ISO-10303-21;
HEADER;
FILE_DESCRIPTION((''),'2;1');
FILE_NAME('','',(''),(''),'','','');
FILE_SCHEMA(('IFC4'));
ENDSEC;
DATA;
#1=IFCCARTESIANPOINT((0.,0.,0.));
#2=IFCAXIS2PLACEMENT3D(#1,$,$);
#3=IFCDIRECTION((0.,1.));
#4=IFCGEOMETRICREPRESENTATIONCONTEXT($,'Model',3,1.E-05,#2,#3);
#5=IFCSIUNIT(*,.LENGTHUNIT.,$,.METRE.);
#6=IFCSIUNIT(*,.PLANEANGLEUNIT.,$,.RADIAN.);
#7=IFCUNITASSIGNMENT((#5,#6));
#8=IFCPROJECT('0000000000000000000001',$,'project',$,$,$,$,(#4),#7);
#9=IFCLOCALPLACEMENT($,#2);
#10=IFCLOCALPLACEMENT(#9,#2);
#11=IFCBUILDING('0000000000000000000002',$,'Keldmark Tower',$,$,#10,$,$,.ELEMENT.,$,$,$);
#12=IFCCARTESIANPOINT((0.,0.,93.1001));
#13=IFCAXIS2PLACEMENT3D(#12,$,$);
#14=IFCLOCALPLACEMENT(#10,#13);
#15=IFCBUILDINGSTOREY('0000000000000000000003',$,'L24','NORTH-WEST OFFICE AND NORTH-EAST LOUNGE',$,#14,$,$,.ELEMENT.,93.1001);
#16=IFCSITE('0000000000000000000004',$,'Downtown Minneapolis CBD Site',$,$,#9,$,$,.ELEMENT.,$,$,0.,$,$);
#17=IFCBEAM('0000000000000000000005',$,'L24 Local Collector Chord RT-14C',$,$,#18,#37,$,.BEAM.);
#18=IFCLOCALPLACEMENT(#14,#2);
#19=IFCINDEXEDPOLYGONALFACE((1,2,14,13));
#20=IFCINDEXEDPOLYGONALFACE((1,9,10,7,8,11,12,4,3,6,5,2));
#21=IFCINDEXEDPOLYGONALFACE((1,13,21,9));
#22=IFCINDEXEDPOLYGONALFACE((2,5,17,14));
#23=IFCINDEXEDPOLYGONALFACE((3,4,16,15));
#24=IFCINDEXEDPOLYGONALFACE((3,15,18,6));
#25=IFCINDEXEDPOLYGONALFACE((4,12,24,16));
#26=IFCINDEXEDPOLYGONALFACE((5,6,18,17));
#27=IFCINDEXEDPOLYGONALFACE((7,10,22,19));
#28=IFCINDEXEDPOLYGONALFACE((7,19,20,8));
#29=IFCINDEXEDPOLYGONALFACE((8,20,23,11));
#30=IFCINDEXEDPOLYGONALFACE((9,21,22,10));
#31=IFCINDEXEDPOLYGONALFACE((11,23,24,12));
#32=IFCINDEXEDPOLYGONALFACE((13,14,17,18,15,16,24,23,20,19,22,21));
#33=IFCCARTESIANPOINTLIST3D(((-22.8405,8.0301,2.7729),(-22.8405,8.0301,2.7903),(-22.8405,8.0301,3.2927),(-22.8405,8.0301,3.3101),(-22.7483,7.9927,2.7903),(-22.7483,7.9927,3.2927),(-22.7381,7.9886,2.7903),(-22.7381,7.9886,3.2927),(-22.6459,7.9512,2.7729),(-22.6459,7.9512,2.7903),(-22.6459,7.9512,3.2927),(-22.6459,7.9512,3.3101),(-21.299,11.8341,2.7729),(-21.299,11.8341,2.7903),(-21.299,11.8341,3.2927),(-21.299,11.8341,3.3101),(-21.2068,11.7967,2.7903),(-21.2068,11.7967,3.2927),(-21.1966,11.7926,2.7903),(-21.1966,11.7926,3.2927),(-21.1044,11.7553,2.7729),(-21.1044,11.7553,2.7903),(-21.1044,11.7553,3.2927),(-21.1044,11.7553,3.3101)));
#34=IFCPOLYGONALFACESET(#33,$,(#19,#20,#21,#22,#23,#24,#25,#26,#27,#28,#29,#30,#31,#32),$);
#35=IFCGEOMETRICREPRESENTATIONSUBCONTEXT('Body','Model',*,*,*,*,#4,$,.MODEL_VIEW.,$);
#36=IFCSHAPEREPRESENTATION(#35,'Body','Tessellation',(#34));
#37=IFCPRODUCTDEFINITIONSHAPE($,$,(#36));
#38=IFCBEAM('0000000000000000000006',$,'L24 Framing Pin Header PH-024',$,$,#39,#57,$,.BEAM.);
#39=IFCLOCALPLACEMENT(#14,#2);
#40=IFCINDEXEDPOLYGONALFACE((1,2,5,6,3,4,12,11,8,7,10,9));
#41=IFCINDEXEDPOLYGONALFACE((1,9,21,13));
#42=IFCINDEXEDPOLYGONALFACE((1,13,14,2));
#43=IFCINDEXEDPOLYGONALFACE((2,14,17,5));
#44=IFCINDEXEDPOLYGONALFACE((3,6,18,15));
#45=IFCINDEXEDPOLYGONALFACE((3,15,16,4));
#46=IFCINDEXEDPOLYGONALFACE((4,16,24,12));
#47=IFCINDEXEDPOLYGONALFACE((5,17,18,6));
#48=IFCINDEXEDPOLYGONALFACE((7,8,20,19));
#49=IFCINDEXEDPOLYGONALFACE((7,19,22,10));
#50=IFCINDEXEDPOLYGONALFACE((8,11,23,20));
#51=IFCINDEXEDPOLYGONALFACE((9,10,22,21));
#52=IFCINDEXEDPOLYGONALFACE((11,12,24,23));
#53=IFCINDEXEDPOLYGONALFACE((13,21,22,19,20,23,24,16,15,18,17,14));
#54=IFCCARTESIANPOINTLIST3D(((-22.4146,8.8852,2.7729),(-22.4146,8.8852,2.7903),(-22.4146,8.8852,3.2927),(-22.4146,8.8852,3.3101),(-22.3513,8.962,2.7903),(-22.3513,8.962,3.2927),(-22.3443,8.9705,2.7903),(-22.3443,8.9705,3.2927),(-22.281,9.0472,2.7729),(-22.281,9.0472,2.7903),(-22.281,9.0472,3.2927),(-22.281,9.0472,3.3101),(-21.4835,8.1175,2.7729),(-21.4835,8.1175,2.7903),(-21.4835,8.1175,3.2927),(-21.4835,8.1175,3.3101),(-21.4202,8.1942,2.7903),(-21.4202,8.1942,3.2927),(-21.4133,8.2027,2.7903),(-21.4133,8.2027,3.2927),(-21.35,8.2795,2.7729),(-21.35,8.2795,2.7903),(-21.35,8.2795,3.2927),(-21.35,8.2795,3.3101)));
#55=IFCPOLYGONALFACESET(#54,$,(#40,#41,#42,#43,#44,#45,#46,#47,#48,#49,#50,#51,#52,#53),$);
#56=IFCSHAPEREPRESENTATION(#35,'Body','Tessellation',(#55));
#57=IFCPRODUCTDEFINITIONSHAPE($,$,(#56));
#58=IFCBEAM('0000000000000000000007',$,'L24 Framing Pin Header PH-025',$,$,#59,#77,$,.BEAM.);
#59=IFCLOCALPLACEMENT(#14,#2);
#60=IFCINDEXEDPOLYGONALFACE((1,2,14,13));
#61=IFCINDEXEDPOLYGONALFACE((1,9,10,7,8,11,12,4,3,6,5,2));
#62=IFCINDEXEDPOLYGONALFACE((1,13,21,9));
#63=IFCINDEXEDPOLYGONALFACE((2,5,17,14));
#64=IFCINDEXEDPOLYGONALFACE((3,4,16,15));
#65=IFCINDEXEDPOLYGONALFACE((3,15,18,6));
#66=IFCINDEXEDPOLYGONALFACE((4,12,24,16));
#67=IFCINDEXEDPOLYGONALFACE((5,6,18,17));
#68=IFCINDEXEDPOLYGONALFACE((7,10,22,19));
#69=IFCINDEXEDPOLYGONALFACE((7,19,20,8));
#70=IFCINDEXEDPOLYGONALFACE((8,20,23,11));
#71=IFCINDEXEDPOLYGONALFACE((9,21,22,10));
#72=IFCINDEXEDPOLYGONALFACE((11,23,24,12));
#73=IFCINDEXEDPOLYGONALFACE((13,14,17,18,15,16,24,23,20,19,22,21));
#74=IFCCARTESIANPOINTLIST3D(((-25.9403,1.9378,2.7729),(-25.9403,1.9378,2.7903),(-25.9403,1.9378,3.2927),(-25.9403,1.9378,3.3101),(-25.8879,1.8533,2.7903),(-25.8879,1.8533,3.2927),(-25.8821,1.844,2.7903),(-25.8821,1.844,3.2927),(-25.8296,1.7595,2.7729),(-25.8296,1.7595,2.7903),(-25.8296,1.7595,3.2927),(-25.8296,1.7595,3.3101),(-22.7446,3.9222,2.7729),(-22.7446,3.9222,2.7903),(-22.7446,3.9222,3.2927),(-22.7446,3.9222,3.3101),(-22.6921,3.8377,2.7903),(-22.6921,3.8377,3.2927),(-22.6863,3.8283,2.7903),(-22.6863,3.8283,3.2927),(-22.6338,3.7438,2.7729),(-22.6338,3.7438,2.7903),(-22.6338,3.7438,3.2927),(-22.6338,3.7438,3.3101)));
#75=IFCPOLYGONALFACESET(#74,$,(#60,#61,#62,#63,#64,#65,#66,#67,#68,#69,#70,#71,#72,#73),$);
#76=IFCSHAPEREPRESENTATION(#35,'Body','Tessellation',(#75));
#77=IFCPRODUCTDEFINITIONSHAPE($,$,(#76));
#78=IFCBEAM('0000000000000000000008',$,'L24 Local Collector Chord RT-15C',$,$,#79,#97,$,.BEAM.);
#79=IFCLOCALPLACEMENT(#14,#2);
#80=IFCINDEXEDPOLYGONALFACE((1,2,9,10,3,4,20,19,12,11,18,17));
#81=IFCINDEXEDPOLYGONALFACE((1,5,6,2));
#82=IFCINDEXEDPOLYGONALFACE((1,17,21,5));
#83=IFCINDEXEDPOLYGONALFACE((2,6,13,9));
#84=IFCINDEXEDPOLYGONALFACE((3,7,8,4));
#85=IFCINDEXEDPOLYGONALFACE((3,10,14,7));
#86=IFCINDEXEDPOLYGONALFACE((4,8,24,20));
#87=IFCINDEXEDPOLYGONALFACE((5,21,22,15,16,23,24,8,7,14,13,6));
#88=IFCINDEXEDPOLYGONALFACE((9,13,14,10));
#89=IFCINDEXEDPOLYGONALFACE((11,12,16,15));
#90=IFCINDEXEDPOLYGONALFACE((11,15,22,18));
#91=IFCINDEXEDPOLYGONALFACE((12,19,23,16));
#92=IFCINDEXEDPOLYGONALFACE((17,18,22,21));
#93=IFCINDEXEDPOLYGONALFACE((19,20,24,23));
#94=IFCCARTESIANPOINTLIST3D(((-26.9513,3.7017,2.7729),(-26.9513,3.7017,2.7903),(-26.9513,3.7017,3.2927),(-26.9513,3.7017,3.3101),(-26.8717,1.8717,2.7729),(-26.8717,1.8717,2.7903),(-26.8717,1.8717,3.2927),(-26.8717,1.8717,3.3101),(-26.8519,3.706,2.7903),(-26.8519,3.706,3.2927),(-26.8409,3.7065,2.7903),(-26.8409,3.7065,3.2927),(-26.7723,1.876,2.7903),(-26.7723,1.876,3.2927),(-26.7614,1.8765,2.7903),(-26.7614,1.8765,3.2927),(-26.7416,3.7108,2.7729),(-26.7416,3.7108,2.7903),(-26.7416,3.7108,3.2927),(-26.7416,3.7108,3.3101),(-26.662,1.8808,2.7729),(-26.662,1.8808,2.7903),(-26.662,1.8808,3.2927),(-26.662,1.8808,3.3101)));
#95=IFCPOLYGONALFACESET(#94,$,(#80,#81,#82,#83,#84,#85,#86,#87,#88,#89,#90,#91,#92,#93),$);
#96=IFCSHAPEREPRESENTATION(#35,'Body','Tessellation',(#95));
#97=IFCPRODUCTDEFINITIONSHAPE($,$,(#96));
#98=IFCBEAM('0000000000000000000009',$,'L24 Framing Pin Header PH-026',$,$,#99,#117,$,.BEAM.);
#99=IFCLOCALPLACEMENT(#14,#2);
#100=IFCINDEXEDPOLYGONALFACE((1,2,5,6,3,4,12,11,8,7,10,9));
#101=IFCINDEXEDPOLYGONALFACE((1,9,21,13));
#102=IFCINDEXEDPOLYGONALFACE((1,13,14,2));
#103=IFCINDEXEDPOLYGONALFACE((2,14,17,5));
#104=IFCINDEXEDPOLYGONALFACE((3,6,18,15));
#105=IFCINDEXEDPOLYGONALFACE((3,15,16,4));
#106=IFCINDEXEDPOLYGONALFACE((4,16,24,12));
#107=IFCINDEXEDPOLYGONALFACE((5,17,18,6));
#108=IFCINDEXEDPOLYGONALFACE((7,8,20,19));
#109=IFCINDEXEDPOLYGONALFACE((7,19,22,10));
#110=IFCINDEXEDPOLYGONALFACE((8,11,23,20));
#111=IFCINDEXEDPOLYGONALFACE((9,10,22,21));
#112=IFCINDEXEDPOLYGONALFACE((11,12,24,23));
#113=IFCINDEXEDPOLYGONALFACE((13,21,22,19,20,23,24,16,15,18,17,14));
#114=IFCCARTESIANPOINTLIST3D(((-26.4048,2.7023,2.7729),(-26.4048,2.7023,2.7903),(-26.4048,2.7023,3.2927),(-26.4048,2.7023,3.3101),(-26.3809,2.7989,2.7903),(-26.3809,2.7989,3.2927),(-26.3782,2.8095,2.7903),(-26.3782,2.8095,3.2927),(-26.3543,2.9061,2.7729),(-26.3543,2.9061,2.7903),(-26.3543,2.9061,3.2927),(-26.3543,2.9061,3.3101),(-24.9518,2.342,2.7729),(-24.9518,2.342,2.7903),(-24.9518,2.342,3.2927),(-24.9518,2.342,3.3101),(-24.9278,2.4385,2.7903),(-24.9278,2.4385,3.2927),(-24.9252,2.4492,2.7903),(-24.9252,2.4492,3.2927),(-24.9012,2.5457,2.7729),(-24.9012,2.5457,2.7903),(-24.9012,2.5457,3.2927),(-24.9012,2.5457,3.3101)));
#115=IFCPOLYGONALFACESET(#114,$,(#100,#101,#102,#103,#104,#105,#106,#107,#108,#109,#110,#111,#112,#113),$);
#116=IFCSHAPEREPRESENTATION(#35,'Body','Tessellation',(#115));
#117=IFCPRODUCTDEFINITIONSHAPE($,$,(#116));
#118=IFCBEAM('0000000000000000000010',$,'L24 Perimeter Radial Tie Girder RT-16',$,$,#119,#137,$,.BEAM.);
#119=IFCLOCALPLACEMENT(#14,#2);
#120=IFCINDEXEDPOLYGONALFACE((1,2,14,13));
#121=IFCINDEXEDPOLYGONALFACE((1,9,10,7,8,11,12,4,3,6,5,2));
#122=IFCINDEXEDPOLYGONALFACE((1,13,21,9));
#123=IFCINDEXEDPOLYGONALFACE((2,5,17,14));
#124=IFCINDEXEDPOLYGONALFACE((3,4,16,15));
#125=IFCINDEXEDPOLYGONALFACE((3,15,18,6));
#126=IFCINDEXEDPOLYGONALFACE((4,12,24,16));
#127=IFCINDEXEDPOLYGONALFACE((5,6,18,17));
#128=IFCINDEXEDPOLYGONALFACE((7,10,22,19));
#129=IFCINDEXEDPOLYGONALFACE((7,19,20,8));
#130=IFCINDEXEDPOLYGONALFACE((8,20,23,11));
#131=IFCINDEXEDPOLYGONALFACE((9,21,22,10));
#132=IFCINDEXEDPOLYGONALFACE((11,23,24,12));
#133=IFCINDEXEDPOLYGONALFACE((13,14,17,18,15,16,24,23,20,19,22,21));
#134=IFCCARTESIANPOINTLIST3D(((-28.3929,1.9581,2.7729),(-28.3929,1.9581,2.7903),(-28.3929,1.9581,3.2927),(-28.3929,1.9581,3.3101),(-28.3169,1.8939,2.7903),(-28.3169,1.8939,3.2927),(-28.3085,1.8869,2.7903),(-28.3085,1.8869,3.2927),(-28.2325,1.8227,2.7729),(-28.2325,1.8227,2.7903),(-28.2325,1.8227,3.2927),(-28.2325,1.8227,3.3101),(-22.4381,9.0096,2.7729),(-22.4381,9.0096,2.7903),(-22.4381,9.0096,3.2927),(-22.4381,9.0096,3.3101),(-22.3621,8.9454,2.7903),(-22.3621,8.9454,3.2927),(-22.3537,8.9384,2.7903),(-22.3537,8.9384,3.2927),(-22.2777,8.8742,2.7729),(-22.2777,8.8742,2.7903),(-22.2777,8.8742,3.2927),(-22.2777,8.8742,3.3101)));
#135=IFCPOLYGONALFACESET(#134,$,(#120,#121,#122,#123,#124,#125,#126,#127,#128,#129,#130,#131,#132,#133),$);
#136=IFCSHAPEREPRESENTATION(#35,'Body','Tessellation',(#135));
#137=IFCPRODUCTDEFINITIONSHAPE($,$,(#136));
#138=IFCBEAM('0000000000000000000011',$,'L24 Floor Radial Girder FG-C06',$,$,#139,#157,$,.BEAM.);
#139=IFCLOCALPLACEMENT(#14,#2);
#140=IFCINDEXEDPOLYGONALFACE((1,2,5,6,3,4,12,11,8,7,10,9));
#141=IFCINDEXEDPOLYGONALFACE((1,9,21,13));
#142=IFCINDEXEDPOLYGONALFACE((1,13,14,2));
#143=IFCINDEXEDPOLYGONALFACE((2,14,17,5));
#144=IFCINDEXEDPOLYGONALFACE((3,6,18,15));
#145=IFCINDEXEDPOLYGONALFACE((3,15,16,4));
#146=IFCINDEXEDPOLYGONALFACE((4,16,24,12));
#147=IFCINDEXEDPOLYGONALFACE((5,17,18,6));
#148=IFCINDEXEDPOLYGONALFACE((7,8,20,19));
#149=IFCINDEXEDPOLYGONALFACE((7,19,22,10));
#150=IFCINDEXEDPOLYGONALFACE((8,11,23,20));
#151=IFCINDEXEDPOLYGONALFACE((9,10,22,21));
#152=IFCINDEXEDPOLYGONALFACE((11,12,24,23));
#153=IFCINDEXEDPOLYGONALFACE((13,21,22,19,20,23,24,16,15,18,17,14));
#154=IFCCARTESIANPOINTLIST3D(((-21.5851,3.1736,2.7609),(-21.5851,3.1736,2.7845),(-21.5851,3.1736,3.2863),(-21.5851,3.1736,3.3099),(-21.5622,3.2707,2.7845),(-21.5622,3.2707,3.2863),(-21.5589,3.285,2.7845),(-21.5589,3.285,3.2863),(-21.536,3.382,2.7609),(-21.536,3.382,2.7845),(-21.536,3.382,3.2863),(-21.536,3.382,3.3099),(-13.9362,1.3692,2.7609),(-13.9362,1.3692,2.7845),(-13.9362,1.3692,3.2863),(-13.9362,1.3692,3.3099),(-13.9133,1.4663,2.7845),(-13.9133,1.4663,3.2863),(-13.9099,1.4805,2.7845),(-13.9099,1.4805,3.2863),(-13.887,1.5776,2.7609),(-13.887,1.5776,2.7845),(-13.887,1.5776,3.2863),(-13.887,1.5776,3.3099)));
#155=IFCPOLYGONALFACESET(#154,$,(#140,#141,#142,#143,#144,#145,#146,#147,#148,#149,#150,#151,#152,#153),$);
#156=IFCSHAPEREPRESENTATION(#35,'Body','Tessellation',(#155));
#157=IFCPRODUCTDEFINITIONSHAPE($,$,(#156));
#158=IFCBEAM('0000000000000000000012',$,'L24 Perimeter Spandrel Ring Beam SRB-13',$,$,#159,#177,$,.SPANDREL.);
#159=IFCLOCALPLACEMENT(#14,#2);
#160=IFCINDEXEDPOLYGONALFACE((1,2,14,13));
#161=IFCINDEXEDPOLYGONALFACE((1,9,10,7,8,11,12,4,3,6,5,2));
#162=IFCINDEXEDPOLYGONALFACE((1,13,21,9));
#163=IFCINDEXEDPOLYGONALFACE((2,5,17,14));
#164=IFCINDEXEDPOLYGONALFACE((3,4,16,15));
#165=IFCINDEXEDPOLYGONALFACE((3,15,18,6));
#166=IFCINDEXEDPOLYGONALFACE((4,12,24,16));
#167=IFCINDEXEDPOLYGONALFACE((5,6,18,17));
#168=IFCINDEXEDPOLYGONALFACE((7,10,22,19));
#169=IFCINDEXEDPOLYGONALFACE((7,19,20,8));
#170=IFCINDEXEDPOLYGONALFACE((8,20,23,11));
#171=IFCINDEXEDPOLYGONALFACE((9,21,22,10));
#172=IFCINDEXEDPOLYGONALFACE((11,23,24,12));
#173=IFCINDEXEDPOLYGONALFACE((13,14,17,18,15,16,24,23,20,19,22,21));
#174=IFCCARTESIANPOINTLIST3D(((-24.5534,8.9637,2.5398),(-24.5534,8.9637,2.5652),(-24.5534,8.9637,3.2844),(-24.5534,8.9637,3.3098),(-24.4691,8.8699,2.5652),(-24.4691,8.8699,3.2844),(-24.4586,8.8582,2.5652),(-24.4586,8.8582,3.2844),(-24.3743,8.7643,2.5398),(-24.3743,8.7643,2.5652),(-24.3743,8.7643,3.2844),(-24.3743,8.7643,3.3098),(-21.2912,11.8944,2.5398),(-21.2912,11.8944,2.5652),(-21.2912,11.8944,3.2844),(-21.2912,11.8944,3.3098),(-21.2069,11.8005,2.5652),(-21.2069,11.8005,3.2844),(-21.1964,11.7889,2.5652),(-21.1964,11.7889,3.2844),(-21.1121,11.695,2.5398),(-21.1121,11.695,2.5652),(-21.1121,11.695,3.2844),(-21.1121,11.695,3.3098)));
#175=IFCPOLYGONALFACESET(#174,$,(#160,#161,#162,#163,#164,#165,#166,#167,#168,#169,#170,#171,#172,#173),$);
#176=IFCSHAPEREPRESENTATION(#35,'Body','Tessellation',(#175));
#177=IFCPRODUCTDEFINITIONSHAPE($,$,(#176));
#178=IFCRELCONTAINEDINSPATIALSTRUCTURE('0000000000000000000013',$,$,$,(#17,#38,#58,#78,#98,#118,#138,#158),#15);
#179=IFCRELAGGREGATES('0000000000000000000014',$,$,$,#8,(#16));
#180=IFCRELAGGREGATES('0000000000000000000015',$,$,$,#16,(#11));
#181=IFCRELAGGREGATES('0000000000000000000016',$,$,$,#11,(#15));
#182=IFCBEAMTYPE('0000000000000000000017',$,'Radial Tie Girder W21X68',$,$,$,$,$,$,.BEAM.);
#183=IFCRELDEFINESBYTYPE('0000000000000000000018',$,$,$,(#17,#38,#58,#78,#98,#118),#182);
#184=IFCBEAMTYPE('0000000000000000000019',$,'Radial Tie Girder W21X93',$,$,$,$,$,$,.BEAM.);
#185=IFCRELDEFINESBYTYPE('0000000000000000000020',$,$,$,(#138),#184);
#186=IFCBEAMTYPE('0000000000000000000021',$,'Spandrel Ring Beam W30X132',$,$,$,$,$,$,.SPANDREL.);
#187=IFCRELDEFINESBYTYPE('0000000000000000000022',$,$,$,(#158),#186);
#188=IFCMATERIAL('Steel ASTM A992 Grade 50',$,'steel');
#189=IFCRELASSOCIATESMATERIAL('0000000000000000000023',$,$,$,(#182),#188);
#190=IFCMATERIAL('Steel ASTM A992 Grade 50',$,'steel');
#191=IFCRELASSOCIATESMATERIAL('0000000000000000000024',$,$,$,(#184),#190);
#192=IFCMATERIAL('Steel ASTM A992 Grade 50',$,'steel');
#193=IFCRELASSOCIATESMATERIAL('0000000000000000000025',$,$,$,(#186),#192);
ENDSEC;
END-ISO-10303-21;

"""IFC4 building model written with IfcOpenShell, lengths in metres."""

from ifc_helpers import new_model, si_unit, direction, frame, origin, origin_2d, place, context, subcontext, project, spatial, i_section, extrude, material, material_profile, profile_set, type_object, element, save


model = new_model("IFC4")

# Units and contexts
model_context = context("Model", 3, precision=1e-05, world=origin(), true_north=direction((0.0, 1.0)))
body_context = subcontext(model_context, "Body", "Model", "MODEL_VIEW")
ifc_project = project(units=[si_unit("LENGTHUNIT", "METRE"), si_unit("PLANEANGLEUNIT", "RADIAN")], contexts=[model_context])

# Site, building, storey
site_placement = place(None, origin())
site = spatial("IfcSite", under=ifc_project, at=site_placement, Name="Downtown Minneapolis CBD Site", CompositionType="ELEMENT", RefElevation=0.0)
building_placement = place(site_placement, origin())
building = spatial("IfcBuilding", under=site, at=building_placement, Name="Keldmark Tower", CompositionType="ELEMENT")
storey_placement = place(building_placement, frame((0.0, 0.0, 93.1001)))
storey = spatial("IfcBuildingStorey", under=building, at=storey_placement, Name="L24", Description="NORTH-WEST OFFICE AND NORTH-EAST LOUNGE", CompositionType="ELEMENT", Elevation=93.1001)

# Beams
ifc_material_1 = material(Name="Steel ASTM A992 Grade 50", Category="steel")
ifc_material_profile_1 = material_profile(ifc_material_1, i_section(OverallWidth=0.21, OverallDepth=0.5371, WebThickness=0.011, FlangeThickness=0.0173, at=origin_2d()), Name="W21X68")
ifc_profile_set_1 = profile_set([ifc_material_profile_1], Name="Steel ASTM A992 Grade 50")
beam_type_1 = type_object("IfcBeamType", Name="Radial Tie Girder W21X68", PredefinedType="BEAM", material=ifc_profile_set_1)
beam_1_placement = place(storey_placement, frame((-21.2017, 11.7947, 3.0415), z_axis=(-0.375571, -0.926794, 0.0), x_axis=(0.926794, -0.375571, 0.0)))
element("IfcBeam", 1, at=beam_1_placement, inside=storey, type_object=beam_type_1, Name="L24 Local Collector Chord RT-14C", PredefinedType="BEAM", context=body_context, shape_type="SweptSolid", body=[
    extrude(i_section(OverallWidth=0.21, OverallDepth=0.5371, WebThickness=0.011, FlangeThickness=0.0173, at=origin_2d()), origin(), (0.0, 0.0, 1.0), 4.1045),
])
beam_2_placement = place(storey_placement, frame((-21.4167, 8.1985, 3.0415), z_axis=(-0.771527, 0.636196, 0.0), x_axis=(-0.636196, -0.771527, 0.0)))
element("IfcBeam", 2, at=beam_2_placement, inside=storey, type_object=beam_type_1, Name="L24 Framing Pin Header PH-024", PredefinedType="BEAM", context=body_context, shape_type="SweptSolid", body=[
    extrude(i_section(OverallWidth=0.21, OverallDepth=0.5371, WebThickness=0.011, FlangeThickness=0.0173, at=origin_2d()), origin(), (0.0, 0.0, 1.0), 1.2068),
])
beam_3_placement = place(storey_placement, frame((-22.6892, 3.833, 3.0415), z_axis=(-0.849548, -0.527511, 0.0), x_axis=(0.527511, -0.849548, 0.0)))
element("IfcBeam", 3, at=beam_3_placement, inside=storey, type_object=beam_type_1, Name="L24 Framing Pin Header PH-025", PredefinedType="BEAM", context=body_context, shape_type="SweptSolid", body=[
    extrude(i_section(OverallWidth=0.21, OverallDepth=0.5371, WebThickness=0.011, FlangeThickness=0.0173, at=origin_2d()), origin(), (0.0, 0.0, 1.0), 3.7617),
])
beam_4_placement = place(storey_placement, frame((-26.7668, 1.8762, 3.0415), z_axis=(-0.043449, 0.999056, 0.0), x_axis=(-0.999056, -0.043449, 0.0)))
element("IfcBeam", 4, at=beam_4_placement, inside=storey, type_object=beam_type_1, Name="L24 Local Collector Chord RT-15C", PredefinedType="BEAM", context=body_context, shape_type="SweptSolid", body=[
    extrude(i_section(OverallWidth=0.21, OverallDepth=0.5371, WebThickness=0.011, FlangeThickness=0.0173, at=origin_2d()), origin(), (0.0, 0.0, 1.0), 1.8318),
])
beam_5_placement = place(storey_placement, frame((-24.9265, 2.4438, 3.0415), z_axis=(-0.970601, 0.240693, 0.0), x_axis=(-0.240693, -0.970601, 0.0)))
element("IfcBeam", 5, at=beam_5_placement, inside=storey, type_object=beam_type_1, Name="L24 Framing Pin Header PH-026", PredefinedType="BEAM", context=body_context, shape_type="SweptSolid", body=[
    extrude(i_section(OverallWidth=0.21, OverallDepth=0.5371, WebThickness=0.011, FlangeThickness=0.0173, at=origin_2d()), origin(), (0.0, 0.0, 1.0), 1.4971),
])
beam_6_placement = place(storey_placement, frame((-22.3579, 8.9419, 3.0415), z_axis=(-0.645195, -0.764018, 0.0), x_axis=(0.764018, -0.645195, 0.0)))
element("IfcBeam", 6, at=beam_6_placement, inside=storey, type_object=beam_type_1, Name="L24 Perimeter Radial Tie Girder RT-16", PredefinedType="BEAM", context=body_context, shape_type="SweptSolid", body=[
    extrude(i_section(OverallWidth=0.21, OverallDepth=0.5371, WebThickness=0.011, FlangeThickness=0.0173, at=origin_2d()), origin(), (0.0, 0.0, 1.0), 9.2295),
])
ifc_material_2 = material(Name="Steel ASTM A992 Grade 50", Category="steel")
ifc_material_profile_2 = material_profile(ifc_material_2, i_section(OverallWidth=0.2141, OverallDepth=0.5491, WebThickness=0.0146, FlangeThickness=0.0237, at=origin_2d()), Name="W21X93")
ifc_profile_set_2 = profile_set([ifc_material_profile_2], Name="Steel ASTM A992 Grade 50")
beam_type_2 = type_object("IfcBeamType", Name="Radial Tie Girder W21X93", PredefinedType="BEAM", material=ifc_profile_set_2)
beam_7_placement = place(storey_placement, frame((-21.5605, 3.2778, 3.0354), z_axis=(0.973284, -0.229606, 0.0), x_axis=(0.229606, 0.973284, 0.0)))
element("IfcBeam", 7, at=beam_7_placement, inside=storey, type_object=beam_type_2, Name="L24 Floor Radial Girder FG-C06", PredefinedType="BEAM", context=body_context, shape_type="SweptSolid", body=[
    extrude(i_section(OverallWidth=0.2141, OverallDepth=0.5491, WebThickness=0.0146, FlangeThickness=0.0237, at=origin_2d()), origin(), (0.0, 0.0, 1.0), 7.8589),
])
ifc_material_3 = material(Name="Steel ASTM A992 Grade 50", Category="steel")
ifc_material_profile_3 = material_profile(ifc_material_3, i_section(OverallWidth=0.2681, OverallDepth=0.77, WebThickness=0.0156, FlangeThickness=0.0254, at=origin_2d()), Name="W30X132")
ifc_profile_set_3 = profile_set([ifc_material_profile_3], Name="Steel ASTM A992 Grade 50")
beam_type_3 = type_object("IfcBeamType", Name="Spandrel Ring Beam W30X132", PredefinedType="SPANDREL", material=ifc_profile_set_3)
beam_8_placement = place(storey_placement, frame((-21.2017, 11.7947, 2.9248), z_axis=(-0.743897, -0.668294, 0.0), x_axis=(0.668294, -0.743897, 0.0)))
element("IfcBeam", 8, at=beam_8_placement, inside=storey, type_object=beam_type_3, Name="L24 Perimeter Spandrel Ring Beam SRB-13", PredefinedType="SPANDREL", context=body_context, shape_type="SweptSolid", body=[
    extrude(i_section(OverallWidth=0.2681, OverallDepth=0.77, WebThickness=0.0156, FlangeThickness=0.0254, at=origin_2d()), origin(), (0.0, 0.0, 1.0), 4.3853),
])

save(model, "model.ifc")
